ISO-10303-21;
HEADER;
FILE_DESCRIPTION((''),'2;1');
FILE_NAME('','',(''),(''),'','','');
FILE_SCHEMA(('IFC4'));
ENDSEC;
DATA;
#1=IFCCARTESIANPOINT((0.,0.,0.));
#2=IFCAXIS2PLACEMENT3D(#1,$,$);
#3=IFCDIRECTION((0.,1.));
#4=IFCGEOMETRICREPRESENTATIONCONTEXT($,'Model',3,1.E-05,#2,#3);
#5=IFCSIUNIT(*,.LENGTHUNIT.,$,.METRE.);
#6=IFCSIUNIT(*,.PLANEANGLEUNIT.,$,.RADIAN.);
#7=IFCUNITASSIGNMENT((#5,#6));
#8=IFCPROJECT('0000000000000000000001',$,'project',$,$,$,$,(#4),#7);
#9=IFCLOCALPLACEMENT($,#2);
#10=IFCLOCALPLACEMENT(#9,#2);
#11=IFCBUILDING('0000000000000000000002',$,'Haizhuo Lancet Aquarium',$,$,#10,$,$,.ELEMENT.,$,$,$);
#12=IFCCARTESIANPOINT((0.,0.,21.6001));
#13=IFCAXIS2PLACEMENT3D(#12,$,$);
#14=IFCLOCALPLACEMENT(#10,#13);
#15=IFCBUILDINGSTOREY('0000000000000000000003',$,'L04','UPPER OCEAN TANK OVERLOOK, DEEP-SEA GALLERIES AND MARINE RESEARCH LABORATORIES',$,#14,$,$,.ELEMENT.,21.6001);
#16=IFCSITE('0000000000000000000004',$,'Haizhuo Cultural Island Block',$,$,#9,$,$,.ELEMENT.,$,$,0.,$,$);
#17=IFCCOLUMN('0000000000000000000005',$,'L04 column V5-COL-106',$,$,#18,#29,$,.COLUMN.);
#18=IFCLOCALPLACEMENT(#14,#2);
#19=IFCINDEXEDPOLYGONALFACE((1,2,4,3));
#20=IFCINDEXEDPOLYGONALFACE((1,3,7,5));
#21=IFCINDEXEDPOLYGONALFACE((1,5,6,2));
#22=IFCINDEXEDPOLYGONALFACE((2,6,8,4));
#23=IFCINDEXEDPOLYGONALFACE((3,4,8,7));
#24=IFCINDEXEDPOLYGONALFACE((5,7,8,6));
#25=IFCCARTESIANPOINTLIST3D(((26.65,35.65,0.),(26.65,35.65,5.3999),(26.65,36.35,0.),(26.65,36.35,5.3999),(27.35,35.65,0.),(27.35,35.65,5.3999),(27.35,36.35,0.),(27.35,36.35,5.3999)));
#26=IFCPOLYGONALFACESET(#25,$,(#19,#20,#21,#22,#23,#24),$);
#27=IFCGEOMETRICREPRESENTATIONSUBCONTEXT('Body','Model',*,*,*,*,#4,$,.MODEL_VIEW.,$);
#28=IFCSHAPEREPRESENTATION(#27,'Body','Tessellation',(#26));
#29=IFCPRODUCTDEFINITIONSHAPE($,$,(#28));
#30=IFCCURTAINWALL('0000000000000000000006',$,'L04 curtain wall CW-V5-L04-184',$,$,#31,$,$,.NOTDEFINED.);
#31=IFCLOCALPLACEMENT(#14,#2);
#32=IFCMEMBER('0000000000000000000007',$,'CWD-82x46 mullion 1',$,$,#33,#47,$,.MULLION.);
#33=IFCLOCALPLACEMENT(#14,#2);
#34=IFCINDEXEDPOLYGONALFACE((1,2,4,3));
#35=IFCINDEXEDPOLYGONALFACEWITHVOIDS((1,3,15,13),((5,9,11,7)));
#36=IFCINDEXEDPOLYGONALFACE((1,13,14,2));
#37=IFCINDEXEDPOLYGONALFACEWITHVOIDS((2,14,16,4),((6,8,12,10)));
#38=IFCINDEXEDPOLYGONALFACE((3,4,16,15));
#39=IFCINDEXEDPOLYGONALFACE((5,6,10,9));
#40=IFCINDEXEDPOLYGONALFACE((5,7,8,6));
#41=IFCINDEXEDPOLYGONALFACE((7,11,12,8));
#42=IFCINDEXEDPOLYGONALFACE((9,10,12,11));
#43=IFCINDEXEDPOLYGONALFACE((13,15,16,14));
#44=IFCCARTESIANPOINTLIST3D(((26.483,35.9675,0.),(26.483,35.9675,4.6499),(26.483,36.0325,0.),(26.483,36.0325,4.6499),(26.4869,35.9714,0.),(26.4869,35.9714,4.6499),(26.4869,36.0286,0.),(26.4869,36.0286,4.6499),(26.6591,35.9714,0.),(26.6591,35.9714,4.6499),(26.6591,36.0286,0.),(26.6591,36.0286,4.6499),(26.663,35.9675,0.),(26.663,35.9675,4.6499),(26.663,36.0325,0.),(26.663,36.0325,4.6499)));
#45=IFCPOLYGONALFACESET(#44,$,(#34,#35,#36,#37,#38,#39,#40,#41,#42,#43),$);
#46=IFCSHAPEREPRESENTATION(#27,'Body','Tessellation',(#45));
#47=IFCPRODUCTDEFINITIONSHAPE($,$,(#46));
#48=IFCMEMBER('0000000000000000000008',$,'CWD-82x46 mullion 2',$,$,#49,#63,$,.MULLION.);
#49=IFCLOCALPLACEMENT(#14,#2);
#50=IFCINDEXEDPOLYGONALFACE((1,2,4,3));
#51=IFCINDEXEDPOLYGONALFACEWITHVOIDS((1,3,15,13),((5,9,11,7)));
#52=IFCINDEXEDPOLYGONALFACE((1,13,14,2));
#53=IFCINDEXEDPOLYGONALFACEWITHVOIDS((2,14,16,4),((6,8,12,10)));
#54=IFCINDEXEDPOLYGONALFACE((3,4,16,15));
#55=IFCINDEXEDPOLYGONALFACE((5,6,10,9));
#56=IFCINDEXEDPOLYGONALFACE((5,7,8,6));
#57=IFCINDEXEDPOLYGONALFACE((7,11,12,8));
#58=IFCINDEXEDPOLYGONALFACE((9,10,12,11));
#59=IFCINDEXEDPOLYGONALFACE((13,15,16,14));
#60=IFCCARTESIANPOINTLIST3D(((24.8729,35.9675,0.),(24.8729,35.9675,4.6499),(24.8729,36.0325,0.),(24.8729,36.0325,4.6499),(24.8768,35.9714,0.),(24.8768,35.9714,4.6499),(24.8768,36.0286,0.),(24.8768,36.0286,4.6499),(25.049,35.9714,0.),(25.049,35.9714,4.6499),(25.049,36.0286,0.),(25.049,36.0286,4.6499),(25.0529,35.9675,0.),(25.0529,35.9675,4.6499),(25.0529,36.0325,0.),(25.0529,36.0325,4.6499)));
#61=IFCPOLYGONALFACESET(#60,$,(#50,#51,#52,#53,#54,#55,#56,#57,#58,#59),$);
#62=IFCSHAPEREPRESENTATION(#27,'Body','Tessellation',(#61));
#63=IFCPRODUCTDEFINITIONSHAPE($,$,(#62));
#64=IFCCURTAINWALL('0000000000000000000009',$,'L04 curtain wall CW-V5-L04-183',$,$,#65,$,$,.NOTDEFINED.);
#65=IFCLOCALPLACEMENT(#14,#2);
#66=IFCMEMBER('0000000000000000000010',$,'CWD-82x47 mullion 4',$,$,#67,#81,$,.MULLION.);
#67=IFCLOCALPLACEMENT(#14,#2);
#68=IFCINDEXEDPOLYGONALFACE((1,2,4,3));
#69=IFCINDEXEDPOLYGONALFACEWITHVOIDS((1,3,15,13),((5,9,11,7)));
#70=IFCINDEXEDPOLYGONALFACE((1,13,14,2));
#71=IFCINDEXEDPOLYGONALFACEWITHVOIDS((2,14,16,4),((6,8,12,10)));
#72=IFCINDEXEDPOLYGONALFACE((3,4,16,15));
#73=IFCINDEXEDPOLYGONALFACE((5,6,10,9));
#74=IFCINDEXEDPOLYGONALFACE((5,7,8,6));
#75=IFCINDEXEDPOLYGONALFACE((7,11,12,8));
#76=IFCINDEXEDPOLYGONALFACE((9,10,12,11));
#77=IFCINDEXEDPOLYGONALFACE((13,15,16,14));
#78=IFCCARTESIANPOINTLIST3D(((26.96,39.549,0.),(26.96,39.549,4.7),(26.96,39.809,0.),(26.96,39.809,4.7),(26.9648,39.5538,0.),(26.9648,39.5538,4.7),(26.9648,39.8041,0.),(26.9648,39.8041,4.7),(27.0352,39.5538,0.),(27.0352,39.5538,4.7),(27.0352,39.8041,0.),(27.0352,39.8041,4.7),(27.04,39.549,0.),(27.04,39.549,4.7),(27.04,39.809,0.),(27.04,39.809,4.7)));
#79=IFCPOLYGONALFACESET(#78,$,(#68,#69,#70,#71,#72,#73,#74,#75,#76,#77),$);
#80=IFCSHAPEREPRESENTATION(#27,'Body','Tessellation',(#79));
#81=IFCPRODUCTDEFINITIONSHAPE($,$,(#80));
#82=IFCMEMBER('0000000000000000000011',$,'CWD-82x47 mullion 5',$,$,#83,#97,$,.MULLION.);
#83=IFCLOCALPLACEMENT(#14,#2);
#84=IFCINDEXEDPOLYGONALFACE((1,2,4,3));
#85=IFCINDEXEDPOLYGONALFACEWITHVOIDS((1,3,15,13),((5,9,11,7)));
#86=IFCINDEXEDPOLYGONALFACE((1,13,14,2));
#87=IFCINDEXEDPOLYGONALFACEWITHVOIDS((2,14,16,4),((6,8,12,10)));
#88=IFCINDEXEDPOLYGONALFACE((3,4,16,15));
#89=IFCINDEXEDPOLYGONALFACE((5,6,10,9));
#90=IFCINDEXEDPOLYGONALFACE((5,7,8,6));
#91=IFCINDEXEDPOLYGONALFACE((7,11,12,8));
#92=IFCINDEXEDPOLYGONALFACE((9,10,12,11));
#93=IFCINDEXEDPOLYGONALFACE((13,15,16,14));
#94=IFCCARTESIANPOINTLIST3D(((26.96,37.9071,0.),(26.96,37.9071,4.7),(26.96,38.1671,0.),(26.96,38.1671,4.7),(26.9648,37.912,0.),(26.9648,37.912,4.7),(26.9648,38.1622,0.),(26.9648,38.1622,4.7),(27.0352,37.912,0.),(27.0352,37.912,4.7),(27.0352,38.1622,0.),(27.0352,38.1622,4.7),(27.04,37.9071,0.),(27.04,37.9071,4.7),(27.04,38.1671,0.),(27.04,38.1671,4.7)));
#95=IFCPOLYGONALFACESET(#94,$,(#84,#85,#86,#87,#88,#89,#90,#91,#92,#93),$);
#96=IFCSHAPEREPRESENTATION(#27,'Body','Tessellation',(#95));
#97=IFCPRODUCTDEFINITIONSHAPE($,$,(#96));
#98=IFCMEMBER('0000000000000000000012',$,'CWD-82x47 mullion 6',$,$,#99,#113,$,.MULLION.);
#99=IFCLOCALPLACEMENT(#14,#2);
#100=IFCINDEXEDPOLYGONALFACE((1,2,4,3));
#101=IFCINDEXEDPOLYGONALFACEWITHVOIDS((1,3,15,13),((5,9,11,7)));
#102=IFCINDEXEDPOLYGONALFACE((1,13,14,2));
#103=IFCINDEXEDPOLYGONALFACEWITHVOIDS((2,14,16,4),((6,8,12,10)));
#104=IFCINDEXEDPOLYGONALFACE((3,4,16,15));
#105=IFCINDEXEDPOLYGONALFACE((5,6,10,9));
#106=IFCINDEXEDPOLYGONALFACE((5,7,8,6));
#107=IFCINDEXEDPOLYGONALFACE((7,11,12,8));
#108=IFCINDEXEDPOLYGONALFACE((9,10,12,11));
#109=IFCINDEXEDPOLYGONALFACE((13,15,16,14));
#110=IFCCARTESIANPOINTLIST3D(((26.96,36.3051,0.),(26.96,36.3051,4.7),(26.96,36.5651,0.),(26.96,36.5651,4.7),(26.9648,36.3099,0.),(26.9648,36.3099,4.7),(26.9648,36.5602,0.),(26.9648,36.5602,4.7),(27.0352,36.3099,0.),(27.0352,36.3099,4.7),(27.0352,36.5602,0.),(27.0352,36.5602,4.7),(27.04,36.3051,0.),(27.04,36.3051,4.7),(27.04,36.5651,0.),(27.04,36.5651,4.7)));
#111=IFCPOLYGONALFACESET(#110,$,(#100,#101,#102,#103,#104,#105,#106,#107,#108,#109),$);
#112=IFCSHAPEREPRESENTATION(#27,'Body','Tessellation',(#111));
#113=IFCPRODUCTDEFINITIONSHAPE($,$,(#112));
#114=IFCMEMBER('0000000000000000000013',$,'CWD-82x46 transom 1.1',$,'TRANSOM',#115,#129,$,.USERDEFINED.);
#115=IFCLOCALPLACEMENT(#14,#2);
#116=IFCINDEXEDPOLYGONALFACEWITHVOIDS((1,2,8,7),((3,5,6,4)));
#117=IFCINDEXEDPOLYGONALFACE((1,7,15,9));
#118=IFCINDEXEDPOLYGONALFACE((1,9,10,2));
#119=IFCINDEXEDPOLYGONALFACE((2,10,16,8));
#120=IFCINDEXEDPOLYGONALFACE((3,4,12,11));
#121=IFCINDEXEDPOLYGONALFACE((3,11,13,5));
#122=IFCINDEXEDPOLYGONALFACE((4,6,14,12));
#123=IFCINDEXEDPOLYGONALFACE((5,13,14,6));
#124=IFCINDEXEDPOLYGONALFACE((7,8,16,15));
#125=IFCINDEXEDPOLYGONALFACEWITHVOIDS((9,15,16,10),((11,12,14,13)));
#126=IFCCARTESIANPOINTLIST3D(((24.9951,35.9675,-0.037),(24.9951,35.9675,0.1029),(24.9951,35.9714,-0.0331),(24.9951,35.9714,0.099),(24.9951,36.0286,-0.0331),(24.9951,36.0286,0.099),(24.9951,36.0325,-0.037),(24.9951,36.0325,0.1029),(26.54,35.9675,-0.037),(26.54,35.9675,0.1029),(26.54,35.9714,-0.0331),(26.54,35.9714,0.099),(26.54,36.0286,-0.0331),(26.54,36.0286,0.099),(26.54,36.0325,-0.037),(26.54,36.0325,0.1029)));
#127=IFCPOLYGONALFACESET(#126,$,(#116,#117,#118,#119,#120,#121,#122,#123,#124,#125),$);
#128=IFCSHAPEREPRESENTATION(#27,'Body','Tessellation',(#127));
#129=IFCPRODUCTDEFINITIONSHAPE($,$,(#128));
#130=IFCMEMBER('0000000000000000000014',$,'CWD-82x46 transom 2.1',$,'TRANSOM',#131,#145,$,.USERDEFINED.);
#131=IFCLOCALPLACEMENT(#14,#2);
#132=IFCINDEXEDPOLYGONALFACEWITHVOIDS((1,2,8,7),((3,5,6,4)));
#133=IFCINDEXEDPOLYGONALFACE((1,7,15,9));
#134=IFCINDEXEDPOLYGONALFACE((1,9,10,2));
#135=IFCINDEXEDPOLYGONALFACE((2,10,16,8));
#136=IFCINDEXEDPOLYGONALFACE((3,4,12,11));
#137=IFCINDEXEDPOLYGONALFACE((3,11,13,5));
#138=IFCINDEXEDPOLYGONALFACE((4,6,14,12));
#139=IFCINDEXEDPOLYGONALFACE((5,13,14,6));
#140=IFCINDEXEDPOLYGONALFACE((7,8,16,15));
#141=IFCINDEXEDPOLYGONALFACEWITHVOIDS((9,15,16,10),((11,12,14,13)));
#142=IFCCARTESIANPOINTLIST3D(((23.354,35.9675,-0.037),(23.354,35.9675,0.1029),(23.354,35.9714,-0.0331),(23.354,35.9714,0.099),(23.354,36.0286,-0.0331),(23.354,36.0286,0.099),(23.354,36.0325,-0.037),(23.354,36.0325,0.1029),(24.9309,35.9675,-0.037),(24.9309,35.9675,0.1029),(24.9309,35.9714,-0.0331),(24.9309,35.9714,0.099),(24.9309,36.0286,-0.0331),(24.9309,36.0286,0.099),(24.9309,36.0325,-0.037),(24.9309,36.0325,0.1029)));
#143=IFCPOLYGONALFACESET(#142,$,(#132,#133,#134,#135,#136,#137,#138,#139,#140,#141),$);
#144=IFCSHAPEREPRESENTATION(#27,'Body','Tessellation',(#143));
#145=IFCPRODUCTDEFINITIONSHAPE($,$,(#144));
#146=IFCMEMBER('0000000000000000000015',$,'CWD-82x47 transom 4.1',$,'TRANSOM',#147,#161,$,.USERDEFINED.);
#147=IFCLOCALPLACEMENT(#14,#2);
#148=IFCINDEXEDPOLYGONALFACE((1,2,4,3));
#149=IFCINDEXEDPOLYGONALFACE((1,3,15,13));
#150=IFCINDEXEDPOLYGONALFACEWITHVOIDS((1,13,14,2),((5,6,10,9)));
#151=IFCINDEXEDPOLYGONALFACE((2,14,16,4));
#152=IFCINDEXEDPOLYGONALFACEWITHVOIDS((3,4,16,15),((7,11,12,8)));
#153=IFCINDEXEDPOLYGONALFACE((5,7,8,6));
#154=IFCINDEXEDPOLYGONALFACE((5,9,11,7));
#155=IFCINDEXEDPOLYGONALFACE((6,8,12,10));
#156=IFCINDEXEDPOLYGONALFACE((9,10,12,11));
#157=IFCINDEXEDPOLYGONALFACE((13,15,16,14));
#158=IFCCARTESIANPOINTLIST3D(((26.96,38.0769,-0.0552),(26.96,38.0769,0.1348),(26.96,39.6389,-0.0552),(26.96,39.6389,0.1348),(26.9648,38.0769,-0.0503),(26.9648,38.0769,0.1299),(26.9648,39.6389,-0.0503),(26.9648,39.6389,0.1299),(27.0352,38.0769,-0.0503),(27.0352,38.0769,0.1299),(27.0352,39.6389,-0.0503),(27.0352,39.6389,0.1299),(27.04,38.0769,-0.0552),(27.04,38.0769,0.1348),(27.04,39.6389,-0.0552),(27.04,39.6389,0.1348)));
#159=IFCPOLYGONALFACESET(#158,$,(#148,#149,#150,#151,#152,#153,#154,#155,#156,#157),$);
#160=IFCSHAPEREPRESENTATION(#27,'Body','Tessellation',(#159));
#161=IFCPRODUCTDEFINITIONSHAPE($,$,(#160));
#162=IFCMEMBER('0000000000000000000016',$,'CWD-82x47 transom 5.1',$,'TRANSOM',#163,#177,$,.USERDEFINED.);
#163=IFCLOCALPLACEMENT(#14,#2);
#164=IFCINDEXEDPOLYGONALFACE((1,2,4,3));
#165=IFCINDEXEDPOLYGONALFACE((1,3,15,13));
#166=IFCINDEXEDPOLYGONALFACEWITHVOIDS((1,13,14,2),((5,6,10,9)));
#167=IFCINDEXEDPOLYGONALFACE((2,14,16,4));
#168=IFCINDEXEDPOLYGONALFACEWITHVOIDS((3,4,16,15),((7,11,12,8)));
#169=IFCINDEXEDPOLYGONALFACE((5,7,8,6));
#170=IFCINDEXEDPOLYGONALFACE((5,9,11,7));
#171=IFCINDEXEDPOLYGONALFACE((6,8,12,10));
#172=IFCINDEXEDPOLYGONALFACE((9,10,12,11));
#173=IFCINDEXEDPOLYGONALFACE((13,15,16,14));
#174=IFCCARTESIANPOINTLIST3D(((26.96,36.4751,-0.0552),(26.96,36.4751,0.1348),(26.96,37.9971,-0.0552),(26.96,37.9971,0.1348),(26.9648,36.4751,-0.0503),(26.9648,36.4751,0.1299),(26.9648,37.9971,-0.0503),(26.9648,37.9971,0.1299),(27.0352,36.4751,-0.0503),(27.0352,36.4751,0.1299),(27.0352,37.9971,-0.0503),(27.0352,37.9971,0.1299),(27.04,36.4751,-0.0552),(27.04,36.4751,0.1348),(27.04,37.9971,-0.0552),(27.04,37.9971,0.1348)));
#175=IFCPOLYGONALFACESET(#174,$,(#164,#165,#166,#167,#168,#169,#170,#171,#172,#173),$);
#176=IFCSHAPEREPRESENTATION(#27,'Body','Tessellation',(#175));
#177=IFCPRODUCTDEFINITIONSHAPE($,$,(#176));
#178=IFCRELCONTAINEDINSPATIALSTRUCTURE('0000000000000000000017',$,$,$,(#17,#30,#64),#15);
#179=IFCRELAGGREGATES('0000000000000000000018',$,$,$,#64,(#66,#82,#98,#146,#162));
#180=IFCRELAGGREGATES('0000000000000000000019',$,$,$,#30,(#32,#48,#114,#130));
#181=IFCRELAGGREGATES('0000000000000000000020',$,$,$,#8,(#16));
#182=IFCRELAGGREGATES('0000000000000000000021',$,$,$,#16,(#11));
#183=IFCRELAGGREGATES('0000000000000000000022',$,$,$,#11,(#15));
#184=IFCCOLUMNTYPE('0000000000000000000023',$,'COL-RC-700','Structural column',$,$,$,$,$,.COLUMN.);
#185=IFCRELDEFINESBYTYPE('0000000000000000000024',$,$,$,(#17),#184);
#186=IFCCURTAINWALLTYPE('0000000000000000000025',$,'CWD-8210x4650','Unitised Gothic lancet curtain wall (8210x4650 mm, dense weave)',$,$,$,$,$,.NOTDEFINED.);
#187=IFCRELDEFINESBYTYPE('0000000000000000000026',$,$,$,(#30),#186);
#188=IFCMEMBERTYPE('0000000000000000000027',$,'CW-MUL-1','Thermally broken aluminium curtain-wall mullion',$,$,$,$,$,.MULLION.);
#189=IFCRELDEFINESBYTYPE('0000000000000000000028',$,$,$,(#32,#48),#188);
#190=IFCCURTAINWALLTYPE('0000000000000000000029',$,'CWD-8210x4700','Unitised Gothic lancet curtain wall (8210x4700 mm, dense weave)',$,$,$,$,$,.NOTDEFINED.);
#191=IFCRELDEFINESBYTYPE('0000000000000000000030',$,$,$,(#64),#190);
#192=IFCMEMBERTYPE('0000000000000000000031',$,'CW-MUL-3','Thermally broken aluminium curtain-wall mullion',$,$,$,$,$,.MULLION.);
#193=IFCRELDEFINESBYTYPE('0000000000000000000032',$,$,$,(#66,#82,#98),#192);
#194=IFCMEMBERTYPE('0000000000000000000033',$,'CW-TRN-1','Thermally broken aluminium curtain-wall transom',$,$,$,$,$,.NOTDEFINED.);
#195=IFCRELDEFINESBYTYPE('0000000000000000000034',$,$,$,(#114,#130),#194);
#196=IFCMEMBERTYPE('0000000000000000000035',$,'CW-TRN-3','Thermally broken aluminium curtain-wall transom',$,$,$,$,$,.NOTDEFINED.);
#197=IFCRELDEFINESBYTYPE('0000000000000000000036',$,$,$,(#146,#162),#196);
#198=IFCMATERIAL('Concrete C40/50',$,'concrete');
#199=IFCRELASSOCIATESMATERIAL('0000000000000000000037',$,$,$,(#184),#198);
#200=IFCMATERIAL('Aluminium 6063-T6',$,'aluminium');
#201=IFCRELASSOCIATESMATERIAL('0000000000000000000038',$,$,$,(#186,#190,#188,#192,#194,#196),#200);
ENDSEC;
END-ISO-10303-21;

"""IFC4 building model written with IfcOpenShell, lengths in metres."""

from ifc_helpers import new_model, si_unit, direction, frame, origin, origin_2d, place, context, subcontext, project, spatial, rectangle, hollow_rectangle, extrude, material, material_profile, profile_set, type_object, element, aggregate, save


model = new_model("IFC4")

# Units and contexts
model_context = context("Model", 3, precision=1e-05, world=origin(), true_north=direction((0.0, 1.0)))
body_context = subcontext(model_context, "Body", "Model", "MODEL_VIEW")
ifc_project = project(units=[si_unit("LENGTHUNIT", "METRE"), si_unit("PLANEANGLEUNIT", "RADIAN")], contexts=[model_context])

# Site, building, storey
site_placement = place(None, origin())
site = spatial("IfcSite", under=ifc_project, at=site_placement, Name="Haizhuo Cultural Island Block", CompositionType="ELEMENT", RefElevation=0.0)
building_placement = place(site_placement, origin())
building = spatial("IfcBuilding", under=site, at=building_placement, Name="Haizhuo Lancet Aquarium", CompositionType="ELEMENT")
storey_placement = place(building_placement, frame((0.0, 0.0, 21.6001)))
storey = spatial("IfcBuildingStorey", under=building, at=storey_placement, Name="L04", Description="UPPER OCEAN TANK OVERLOOK, DEEP-SEA GALLERIES AND MARINE RESEARCH LABORATORIES", CompositionType="ELEMENT", Elevation=21.6001)

# Column
ifc_material_1 = material(Name="Concrete C40/50", Category="concrete")
ifc_material_profile_1 = material_profile(ifc_material_1, rectangle(XDim=0.7, YDim=0.7, at=origin_2d()), Name="RC-COL 700x700")
ifc_profile_set_1 = profile_set([ifc_material_profile_1], Name="Concrete C40/50")
column_type = type_object("IfcColumnType", Name="COL-RC-700", Description="Structural column", PredefinedType="COLUMN", material=ifc_profile_set_1)
column_placement = place(storey_placement, frame((27.0, 36.0, 0.0), z_axis=(0.0, 0.0, 1.0), x_axis=(1.0, 0.0, 0.0)))
element("IfcColumn", 1, at=column_placement, inside=storey, type_object=column_type, Name="L04 column V5-COL-106", PredefinedType="COLUMN", context=body_context, shape_type="SweptSolid", body=[
    extrude(rectangle(XDim=0.7, YDim=0.7, at=origin_2d()), origin(), (0.0, 0.0, 1.0), 5.3999),
])

# Curtain walls, members
ifc_material_2 = material(Name="Aluminium 6063-T6", Category="aluminium")
curtain_wall_type_1 = type_object("IfcCurtainWallType", Name="CWD-8210x4650", Description="Unitised Gothic lancet curtain wall (8210x4650 mm, dense weave)", PredefinedType="NOTDEFINED", material=ifc_material_2)
curtain_wall_1_placement = place(storey_placement, origin())
curtain_wall_1 = element("IfcCurtainWall", 2, at=curtain_wall_1_placement, inside=storey, type_object=curtain_wall_type_1, Name="L04 curtain wall CW-V5-L04-184", PredefinedType="NOTDEFINED")
ifc_material_profile_2 = material_profile(ifc_material_2, hollow_rectangle(XDim=0.0649, YDim=0.1799, WallThickness=0.0039, at=origin_2d()), Name="ALU-M 65x180x4")
ifc_profile_set_2 = profile_set([ifc_material_profile_2], Name="Aluminium 6063-T6")
member_type_1 = type_object("IfcMemberType", Name="CW-MUL-1", Description="Thermally broken aluminium curtain-wall mullion", PredefinedType="MULLION", material=ifc_profile_set_2)
member_1_placement = place(storey_placement, frame((26.573, 36.0, 0.0), z_axis=(0.0, 0.0, 1.0), x_axis=(0.0, -1.0, 0.0)))
member_1 = element("IfcMember", 3, at=member_1_placement, type_object=member_type_1, Name="CWD-82x46 mullion 1", PredefinedType="MULLION", context=body_context, shape_type="SweptSolid", body=[
    extrude(hollow_rectangle(XDim=0.0649, YDim=0.1799, WallThickness=0.0039, at=origin_2d()), origin(), (0.0, 0.0, 1.0), 4.6499),
])
member_2_placement = place(storey_placement, frame((24.9629, 36.0, 0.0), z_axis=(0.0, 0.0, 1.0), x_axis=(0.0, -1.0, 0.0)))
member_2 = element("IfcMember", 4, at=member_2_placement, type_object=member_type_1, Name="CWD-82x46 mullion 2", PredefinedType="MULLION", context=body_context, shape_type="SweptSolid", body=[
    extrude(hollow_rectangle(XDim=0.0649, YDim=0.1799, WallThickness=0.0039, at=origin_2d()), origin(), (0.0, 0.0, 1.0), 4.6499),
])
curtain_wall_type_2 = type_object("IfcCurtainWallType", Name="CWD-8210x4700", Description="Unitised Gothic lancet curtain wall (8210x4700 mm, dense weave)", PredefinedType="NOTDEFINED", material=ifc_material_2)
curtain_wall_2_placement = place(storey_placement, origin())
curtain_wall_2 = element("IfcCurtainWall", 5, at=curtain_wall_2_placement, inside=storey, type_object=curtain_wall_type_2, Name="L04 curtain wall CW-V5-L04-183", PredefinedType="NOTDEFINED")
ifc_material_profile_3 = material_profile(ifc_material_2, hollow_rectangle(XDim=0.0801, YDim=0.26, WallThickness=0.0049, at=origin_2d()), Name="ALU-M 80x260x5")
ifc_profile_set_3 = profile_set([ifc_material_profile_3], Name="Aluminium 6063-T6")
member_type_2 = type_object("IfcMemberType", Name="CW-MUL-3", Description="Thermally broken aluminium curtain-wall mullion", PredefinedType="MULLION", material=ifc_profile_set_3)
member_3_placement = place(storey_placement, frame((27.0, 39.679, 0.0), z_axis=(0.0, 0.0, 1.0), x_axis=(1.0, 0.0, 0.0)))
member_3 = element("IfcMember", 6, at=member_3_placement, type_object=member_type_2, Name="CWD-82x47 mullion 4", PredefinedType="MULLION", context=body_context, shape_type="SweptSolid", body=[
    extrude(hollow_rectangle(XDim=0.0801, YDim=0.26, WallThickness=0.0049, at=origin_2d()), origin(), (0.0, 0.0, 1.0), 4.7),
])
member_4_placement = place(storey_placement, frame((27.0, 38.0371, 0.0), z_axis=(0.0, 0.0, 1.0), x_axis=(1.0, 0.0, 0.0)))
member_4 = element("IfcMember", 7, at=member_4_placement, type_object=member_type_2, Name="CWD-82x47 mullion 5", PredefinedType="MULLION", context=body_context, shape_type="SweptSolid", body=[
    extrude(hollow_rectangle(XDim=0.0801, YDim=0.26, WallThickness=0.0049, at=origin_2d()), origin(), (0.0, 0.0, 1.0), 4.7),
])
member_5_placement = place(storey_placement, frame((27.0, 36.4351, 0.0), z_axis=(0.0, 0.0, 1.0), x_axis=(1.0, 0.0, 0.0)))
member_5 = element("IfcMember", 8, at=member_5_placement, type_object=member_type_2, Name="CWD-82x47 mullion 6", PredefinedType="MULLION", context=body_context, shape_type="SweptSolid", body=[
    extrude(hollow_rectangle(XDim=0.0801, YDim=0.26, WallThickness=0.0049, at=origin_2d()), origin(), (0.0, 0.0, 1.0), 4.7),
])

# Members
ifc_material_profile_4 = material_profile(ifc_material_2, hollow_rectangle(XDim=0.0649, YDim=0.1399, WallThickness=0.0039, at=origin_2d()), Name="ALU-T 65x140x4")
ifc_profile_set_4 = profile_set([ifc_material_profile_4], Name="Aluminium 6063-T6")
member_type_3 = type_object("IfcMemberType", Name="CW-TRN-1", Description="Thermally broken aluminium curtain-wall transom", PredefinedType="NOTDEFINED", material=ifc_profile_set_4)
member_6_placement = place(storey_placement, frame((26.54, 36.0, 0.033), z_axis=(-1.0, 0.0, 0.0), x_axis=(0.0, -1.0, 0.0)))
member_6 = element("IfcMember", 9, at=member_6_placement, type_object=member_type_3, Name="CWD-82x46 transom 1.1", ObjectType="TRANSOM", PredefinedType="USERDEFINED", context=body_context, shape_type="SweptSolid", body=[
    extrude(hollow_rectangle(XDim=0.0649, YDim=0.1399, WallThickness=0.0039, at=origin_2d()), origin(), (0.0, 0.0, 1.0), 1.5449),
])
member_7_placement = place(storey_placement, frame((24.9309, 36.0, 0.033), z_axis=(-1.0, 0.0, 0.0), x_axis=(0.0, -1.0, 0.0)))
member_7 = element("IfcMember", 10, at=member_7_placement, type_object=member_type_3, Name="CWD-82x46 transom 2.1", ObjectType="TRANSOM", PredefinedType="USERDEFINED", context=body_context, shape_type="SweptSolid", body=[
    extrude(hollow_rectangle(XDim=0.0649, YDim=0.1399, WallThickness=0.0039, at=origin_2d()), origin(), (0.0, 0.0, 1.0), 1.5769),
])
ifc_material_profile_5 = material_profile(ifc_material_2, hollow_rectangle(XDim=0.0801, YDim=0.1899, WallThickness=0.0049, at=origin_2d()), Name="ALU-T 80x190x5")
ifc_profile_set_5 = profile_set([ifc_material_profile_5], Name="Aluminium 6063-T6")
member_type_4 = type_object("IfcMemberType", Name="CW-TRN-3", Description="Thermally broken aluminium curtain-wall transom", PredefinedType="NOTDEFINED", material=ifc_profile_set_5)
member_8_placement = place(storey_placement, frame((27.0, 39.6389, 0.0398), z_axis=(0.0, -1.0, 0.0), x_axis=(1.0, 0.0, 0.0)))
member_8 = element("IfcMember", 11, at=member_8_placement, type_object=member_type_4, Name="CWD-82x47 transom 4.1", ObjectType="TRANSOM", PredefinedType="USERDEFINED", context=body_context, shape_type="SweptSolid", body=[
    extrude(hollow_rectangle(XDim=0.0801, YDim=0.1899, WallThickness=0.0049, at=origin_2d()), origin(), (0.0, 0.0, 1.0), 1.562),
])
member_9_placement = place(storey_placement, frame((27.0, 37.9971, 0.0398), z_axis=(0.0, -1.0, 0.0), x_axis=(1.0, 0.0, 0.0)))
member_9 = element("IfcMember", 12, at=member_9_placement, type_object=member_type_4, Name="CWD-82x47 transom 5.1", ObjectType="TRANSOM", PredefinedType="USERDEFINED", context=body_context, shape_type="SweptSolid", body=[
    extrude(hollow_rectangle(XDim=0.0801, YDim=0.1899, WallThickness=0.0049, at=origin_2d()), origin(), (0.0, 0.0, 1.0), 1.522),
])

aggregate(curtain_wall_2, [member_3, member_4, member_5, member_8, member_9])
aggregate(curtain_wall_1, [member_1, member_2, member_6, member_7])

save(model, "model.ifc")
